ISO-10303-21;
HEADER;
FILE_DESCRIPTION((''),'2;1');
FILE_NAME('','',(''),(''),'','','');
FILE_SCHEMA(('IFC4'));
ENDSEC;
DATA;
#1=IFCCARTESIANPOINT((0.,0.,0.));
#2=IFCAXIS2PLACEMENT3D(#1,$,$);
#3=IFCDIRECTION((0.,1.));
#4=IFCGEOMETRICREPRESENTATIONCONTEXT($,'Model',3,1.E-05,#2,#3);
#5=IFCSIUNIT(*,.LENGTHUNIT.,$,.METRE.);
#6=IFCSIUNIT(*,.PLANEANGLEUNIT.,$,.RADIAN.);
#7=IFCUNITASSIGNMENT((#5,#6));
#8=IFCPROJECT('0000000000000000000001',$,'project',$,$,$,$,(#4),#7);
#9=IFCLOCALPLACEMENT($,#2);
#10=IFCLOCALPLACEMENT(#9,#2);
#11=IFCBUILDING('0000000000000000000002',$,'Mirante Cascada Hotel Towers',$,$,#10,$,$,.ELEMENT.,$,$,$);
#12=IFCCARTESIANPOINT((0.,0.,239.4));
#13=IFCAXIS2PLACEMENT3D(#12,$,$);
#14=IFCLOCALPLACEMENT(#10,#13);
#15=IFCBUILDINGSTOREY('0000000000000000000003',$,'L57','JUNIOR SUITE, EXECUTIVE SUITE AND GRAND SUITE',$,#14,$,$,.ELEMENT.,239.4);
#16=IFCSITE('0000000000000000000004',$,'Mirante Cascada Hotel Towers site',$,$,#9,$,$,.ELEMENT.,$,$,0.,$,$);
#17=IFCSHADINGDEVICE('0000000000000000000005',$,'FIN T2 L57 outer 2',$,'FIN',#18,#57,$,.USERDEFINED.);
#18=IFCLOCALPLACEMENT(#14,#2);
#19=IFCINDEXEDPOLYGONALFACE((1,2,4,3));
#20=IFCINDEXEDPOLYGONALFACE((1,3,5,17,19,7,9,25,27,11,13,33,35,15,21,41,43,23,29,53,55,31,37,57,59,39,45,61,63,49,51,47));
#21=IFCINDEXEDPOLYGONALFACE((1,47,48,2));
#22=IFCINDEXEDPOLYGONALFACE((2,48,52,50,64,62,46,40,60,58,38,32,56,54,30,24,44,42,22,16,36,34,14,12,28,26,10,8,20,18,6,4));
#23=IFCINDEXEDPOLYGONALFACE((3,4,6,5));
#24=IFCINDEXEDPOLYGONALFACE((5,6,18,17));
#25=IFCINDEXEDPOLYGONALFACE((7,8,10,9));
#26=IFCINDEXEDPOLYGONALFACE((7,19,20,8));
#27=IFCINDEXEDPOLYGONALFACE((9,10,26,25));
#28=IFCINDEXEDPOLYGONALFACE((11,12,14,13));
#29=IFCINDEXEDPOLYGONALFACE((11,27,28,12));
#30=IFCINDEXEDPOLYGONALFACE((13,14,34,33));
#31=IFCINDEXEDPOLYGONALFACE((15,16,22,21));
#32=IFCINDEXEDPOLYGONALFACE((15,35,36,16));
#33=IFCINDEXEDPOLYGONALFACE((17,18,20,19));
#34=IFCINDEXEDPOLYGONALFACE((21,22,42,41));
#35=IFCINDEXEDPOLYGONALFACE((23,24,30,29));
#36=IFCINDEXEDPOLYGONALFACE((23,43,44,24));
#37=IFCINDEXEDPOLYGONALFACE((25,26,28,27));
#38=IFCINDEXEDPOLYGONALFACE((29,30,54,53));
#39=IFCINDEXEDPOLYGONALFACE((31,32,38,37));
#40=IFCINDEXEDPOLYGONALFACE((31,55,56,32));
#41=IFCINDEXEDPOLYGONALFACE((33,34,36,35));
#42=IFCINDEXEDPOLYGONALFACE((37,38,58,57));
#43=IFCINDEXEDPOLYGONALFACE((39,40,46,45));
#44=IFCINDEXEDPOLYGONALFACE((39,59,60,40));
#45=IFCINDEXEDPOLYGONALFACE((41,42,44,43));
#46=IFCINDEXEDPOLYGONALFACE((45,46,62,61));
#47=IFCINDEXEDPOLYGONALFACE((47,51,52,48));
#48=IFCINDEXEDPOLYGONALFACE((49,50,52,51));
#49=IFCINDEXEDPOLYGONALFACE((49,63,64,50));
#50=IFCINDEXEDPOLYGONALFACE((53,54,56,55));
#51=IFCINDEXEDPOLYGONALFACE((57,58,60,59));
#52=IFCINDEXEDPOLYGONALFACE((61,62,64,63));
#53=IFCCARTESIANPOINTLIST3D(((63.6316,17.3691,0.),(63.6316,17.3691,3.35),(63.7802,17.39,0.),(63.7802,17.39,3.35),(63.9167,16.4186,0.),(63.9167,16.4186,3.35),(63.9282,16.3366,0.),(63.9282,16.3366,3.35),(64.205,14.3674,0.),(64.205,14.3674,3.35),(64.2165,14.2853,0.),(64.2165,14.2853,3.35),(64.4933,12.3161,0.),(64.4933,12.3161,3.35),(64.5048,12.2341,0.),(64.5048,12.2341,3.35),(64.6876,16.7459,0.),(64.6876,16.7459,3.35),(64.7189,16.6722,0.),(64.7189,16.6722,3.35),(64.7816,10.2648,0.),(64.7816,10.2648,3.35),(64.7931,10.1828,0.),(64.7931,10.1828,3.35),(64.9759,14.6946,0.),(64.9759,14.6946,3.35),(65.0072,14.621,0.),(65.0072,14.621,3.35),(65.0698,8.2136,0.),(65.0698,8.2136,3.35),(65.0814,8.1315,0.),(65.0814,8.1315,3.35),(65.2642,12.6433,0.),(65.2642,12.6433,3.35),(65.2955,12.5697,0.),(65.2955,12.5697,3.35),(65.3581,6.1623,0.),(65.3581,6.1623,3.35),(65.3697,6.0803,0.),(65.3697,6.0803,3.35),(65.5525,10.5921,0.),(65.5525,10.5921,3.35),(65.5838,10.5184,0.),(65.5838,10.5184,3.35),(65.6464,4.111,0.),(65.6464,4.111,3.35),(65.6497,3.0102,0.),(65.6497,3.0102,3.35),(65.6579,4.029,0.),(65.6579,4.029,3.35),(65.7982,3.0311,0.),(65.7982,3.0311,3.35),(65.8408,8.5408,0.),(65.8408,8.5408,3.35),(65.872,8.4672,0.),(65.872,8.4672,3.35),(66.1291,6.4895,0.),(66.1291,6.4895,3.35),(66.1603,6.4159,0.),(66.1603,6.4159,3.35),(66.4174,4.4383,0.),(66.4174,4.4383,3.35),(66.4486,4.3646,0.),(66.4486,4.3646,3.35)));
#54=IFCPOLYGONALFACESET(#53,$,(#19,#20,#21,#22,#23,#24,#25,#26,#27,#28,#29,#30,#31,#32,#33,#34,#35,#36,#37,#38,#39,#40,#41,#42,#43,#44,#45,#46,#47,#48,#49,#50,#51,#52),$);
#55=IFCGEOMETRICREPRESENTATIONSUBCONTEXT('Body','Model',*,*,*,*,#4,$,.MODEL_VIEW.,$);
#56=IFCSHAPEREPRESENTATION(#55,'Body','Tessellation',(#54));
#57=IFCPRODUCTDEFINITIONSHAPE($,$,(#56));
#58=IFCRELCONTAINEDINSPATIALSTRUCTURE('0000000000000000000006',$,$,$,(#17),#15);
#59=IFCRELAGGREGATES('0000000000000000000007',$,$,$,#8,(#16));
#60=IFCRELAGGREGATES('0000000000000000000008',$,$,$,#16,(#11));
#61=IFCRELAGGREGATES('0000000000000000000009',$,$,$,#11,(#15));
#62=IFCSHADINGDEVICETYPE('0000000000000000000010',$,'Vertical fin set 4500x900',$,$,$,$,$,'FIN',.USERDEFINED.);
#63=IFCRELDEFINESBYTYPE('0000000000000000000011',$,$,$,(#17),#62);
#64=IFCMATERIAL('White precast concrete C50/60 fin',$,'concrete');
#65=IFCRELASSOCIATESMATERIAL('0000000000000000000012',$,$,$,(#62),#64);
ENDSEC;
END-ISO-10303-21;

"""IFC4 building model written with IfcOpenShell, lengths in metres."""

from ifc_helpers import new_model, si_unit, direction, frame, origin, place, context, subcontext, project, spatial, polyline, outline, extrude, material, type_object, element, save


model = new_model("IFC4")

# Units and contexts
model_context = context("Model", 3, precision=1e-05, world=origin(), true_north=direction((0.0, 1.0)))
body_context = subcontext(model_context, "Body", "Model", "MODEL_VIEW")
ifc_project = project(units=[si_unit("LENGTHUNIT", "METRE"), si_unit("PLANEANGLEUNIT", "RADIAN")], contexts=[model_context])

# Site, building, storey
site_placement = place(None, origin())
site = spatial("IfcSite", under=ifc_project, at=site_placement, Name="Mirante Cascada Hotel Towers site", CompositionType="ELEMENT", RefElevation=0.0)
building_placement = place(site_placement, origin())
building = spatial("IfcBuilding", under=site, at=building_placement, Name="Mirante Cascada Hotel Towers", CompositionType="ELEMENT")
storey_placement = place(building_placement, frame((0.0, 0.0, 239.4)))
storey = spatial("IfcBuildingStorey", under=building, at=storey_placement, Name="L57", Description="JUNIOR SUITE, EXECUTIVE SUITE AND GRAND SUITE", CompositionType="ELEMENT", Elevation=239.4)

# Shading device
ifc_material_1 = material(Name="White precast concrete C50/60 fin", Category="concrete")
shading_device_type = type_object("IfcShadingDeviceType", Name="Vertical fin set 4500x900", ElementType="FIN", PredefinedType="USERDEFINED", material=ifc_material_1)
shading_device_placement = place(storey_placement, origin())
element("IfcShadingDevice", 1, at=shading_device_placement, inside=storey, type_object=shading_device_type, Name="FIN T2 L57 outer 2", ObjectType="FIN", PredefinedType="USERDEFINED", context=body_context, shape_type="SweptSolid", body=[
    extrude(outline(polyline([(66.4486, 4.3646), (65.6579, 4.029), (65.7982, 3.0311), (65.6497, 3.0102), (63.6316, 17.3691), (63.7802, 17.39), (63.9167, 16.4186), (64.6876, 16.7459), (64.7189, 16.6722), (63.9282, 16.3366), (64.205, 14.3674), (64.9759, 14.6946), (65.0072, 14.621), (64.2165, 14.2853), (64.4933, 12.3161), (65.2642, 12.6433), (65.2955, 12.5697), (64.5048, 12.2341), (64.7816, 10.2648), (65.5525, 10.5921), (65.5838, 10.5184), (64.7931, 10.1828), (65.0698, 8.2136), (65.8408, 8.5408), (65.872, 8.4672), (65.0814, 8.1315), (65.3581, 6.1623), (66.1291, 6.4895), (66.1603, 6.4159), (65.3697, 6.0803), (65.6464, 4.111), (66.4174, 4.4383), (66.4486, 4.3646)])), origin(), (0.0, 0.0, 1.0), 3.35),
])

save(model, "model.ifc")
